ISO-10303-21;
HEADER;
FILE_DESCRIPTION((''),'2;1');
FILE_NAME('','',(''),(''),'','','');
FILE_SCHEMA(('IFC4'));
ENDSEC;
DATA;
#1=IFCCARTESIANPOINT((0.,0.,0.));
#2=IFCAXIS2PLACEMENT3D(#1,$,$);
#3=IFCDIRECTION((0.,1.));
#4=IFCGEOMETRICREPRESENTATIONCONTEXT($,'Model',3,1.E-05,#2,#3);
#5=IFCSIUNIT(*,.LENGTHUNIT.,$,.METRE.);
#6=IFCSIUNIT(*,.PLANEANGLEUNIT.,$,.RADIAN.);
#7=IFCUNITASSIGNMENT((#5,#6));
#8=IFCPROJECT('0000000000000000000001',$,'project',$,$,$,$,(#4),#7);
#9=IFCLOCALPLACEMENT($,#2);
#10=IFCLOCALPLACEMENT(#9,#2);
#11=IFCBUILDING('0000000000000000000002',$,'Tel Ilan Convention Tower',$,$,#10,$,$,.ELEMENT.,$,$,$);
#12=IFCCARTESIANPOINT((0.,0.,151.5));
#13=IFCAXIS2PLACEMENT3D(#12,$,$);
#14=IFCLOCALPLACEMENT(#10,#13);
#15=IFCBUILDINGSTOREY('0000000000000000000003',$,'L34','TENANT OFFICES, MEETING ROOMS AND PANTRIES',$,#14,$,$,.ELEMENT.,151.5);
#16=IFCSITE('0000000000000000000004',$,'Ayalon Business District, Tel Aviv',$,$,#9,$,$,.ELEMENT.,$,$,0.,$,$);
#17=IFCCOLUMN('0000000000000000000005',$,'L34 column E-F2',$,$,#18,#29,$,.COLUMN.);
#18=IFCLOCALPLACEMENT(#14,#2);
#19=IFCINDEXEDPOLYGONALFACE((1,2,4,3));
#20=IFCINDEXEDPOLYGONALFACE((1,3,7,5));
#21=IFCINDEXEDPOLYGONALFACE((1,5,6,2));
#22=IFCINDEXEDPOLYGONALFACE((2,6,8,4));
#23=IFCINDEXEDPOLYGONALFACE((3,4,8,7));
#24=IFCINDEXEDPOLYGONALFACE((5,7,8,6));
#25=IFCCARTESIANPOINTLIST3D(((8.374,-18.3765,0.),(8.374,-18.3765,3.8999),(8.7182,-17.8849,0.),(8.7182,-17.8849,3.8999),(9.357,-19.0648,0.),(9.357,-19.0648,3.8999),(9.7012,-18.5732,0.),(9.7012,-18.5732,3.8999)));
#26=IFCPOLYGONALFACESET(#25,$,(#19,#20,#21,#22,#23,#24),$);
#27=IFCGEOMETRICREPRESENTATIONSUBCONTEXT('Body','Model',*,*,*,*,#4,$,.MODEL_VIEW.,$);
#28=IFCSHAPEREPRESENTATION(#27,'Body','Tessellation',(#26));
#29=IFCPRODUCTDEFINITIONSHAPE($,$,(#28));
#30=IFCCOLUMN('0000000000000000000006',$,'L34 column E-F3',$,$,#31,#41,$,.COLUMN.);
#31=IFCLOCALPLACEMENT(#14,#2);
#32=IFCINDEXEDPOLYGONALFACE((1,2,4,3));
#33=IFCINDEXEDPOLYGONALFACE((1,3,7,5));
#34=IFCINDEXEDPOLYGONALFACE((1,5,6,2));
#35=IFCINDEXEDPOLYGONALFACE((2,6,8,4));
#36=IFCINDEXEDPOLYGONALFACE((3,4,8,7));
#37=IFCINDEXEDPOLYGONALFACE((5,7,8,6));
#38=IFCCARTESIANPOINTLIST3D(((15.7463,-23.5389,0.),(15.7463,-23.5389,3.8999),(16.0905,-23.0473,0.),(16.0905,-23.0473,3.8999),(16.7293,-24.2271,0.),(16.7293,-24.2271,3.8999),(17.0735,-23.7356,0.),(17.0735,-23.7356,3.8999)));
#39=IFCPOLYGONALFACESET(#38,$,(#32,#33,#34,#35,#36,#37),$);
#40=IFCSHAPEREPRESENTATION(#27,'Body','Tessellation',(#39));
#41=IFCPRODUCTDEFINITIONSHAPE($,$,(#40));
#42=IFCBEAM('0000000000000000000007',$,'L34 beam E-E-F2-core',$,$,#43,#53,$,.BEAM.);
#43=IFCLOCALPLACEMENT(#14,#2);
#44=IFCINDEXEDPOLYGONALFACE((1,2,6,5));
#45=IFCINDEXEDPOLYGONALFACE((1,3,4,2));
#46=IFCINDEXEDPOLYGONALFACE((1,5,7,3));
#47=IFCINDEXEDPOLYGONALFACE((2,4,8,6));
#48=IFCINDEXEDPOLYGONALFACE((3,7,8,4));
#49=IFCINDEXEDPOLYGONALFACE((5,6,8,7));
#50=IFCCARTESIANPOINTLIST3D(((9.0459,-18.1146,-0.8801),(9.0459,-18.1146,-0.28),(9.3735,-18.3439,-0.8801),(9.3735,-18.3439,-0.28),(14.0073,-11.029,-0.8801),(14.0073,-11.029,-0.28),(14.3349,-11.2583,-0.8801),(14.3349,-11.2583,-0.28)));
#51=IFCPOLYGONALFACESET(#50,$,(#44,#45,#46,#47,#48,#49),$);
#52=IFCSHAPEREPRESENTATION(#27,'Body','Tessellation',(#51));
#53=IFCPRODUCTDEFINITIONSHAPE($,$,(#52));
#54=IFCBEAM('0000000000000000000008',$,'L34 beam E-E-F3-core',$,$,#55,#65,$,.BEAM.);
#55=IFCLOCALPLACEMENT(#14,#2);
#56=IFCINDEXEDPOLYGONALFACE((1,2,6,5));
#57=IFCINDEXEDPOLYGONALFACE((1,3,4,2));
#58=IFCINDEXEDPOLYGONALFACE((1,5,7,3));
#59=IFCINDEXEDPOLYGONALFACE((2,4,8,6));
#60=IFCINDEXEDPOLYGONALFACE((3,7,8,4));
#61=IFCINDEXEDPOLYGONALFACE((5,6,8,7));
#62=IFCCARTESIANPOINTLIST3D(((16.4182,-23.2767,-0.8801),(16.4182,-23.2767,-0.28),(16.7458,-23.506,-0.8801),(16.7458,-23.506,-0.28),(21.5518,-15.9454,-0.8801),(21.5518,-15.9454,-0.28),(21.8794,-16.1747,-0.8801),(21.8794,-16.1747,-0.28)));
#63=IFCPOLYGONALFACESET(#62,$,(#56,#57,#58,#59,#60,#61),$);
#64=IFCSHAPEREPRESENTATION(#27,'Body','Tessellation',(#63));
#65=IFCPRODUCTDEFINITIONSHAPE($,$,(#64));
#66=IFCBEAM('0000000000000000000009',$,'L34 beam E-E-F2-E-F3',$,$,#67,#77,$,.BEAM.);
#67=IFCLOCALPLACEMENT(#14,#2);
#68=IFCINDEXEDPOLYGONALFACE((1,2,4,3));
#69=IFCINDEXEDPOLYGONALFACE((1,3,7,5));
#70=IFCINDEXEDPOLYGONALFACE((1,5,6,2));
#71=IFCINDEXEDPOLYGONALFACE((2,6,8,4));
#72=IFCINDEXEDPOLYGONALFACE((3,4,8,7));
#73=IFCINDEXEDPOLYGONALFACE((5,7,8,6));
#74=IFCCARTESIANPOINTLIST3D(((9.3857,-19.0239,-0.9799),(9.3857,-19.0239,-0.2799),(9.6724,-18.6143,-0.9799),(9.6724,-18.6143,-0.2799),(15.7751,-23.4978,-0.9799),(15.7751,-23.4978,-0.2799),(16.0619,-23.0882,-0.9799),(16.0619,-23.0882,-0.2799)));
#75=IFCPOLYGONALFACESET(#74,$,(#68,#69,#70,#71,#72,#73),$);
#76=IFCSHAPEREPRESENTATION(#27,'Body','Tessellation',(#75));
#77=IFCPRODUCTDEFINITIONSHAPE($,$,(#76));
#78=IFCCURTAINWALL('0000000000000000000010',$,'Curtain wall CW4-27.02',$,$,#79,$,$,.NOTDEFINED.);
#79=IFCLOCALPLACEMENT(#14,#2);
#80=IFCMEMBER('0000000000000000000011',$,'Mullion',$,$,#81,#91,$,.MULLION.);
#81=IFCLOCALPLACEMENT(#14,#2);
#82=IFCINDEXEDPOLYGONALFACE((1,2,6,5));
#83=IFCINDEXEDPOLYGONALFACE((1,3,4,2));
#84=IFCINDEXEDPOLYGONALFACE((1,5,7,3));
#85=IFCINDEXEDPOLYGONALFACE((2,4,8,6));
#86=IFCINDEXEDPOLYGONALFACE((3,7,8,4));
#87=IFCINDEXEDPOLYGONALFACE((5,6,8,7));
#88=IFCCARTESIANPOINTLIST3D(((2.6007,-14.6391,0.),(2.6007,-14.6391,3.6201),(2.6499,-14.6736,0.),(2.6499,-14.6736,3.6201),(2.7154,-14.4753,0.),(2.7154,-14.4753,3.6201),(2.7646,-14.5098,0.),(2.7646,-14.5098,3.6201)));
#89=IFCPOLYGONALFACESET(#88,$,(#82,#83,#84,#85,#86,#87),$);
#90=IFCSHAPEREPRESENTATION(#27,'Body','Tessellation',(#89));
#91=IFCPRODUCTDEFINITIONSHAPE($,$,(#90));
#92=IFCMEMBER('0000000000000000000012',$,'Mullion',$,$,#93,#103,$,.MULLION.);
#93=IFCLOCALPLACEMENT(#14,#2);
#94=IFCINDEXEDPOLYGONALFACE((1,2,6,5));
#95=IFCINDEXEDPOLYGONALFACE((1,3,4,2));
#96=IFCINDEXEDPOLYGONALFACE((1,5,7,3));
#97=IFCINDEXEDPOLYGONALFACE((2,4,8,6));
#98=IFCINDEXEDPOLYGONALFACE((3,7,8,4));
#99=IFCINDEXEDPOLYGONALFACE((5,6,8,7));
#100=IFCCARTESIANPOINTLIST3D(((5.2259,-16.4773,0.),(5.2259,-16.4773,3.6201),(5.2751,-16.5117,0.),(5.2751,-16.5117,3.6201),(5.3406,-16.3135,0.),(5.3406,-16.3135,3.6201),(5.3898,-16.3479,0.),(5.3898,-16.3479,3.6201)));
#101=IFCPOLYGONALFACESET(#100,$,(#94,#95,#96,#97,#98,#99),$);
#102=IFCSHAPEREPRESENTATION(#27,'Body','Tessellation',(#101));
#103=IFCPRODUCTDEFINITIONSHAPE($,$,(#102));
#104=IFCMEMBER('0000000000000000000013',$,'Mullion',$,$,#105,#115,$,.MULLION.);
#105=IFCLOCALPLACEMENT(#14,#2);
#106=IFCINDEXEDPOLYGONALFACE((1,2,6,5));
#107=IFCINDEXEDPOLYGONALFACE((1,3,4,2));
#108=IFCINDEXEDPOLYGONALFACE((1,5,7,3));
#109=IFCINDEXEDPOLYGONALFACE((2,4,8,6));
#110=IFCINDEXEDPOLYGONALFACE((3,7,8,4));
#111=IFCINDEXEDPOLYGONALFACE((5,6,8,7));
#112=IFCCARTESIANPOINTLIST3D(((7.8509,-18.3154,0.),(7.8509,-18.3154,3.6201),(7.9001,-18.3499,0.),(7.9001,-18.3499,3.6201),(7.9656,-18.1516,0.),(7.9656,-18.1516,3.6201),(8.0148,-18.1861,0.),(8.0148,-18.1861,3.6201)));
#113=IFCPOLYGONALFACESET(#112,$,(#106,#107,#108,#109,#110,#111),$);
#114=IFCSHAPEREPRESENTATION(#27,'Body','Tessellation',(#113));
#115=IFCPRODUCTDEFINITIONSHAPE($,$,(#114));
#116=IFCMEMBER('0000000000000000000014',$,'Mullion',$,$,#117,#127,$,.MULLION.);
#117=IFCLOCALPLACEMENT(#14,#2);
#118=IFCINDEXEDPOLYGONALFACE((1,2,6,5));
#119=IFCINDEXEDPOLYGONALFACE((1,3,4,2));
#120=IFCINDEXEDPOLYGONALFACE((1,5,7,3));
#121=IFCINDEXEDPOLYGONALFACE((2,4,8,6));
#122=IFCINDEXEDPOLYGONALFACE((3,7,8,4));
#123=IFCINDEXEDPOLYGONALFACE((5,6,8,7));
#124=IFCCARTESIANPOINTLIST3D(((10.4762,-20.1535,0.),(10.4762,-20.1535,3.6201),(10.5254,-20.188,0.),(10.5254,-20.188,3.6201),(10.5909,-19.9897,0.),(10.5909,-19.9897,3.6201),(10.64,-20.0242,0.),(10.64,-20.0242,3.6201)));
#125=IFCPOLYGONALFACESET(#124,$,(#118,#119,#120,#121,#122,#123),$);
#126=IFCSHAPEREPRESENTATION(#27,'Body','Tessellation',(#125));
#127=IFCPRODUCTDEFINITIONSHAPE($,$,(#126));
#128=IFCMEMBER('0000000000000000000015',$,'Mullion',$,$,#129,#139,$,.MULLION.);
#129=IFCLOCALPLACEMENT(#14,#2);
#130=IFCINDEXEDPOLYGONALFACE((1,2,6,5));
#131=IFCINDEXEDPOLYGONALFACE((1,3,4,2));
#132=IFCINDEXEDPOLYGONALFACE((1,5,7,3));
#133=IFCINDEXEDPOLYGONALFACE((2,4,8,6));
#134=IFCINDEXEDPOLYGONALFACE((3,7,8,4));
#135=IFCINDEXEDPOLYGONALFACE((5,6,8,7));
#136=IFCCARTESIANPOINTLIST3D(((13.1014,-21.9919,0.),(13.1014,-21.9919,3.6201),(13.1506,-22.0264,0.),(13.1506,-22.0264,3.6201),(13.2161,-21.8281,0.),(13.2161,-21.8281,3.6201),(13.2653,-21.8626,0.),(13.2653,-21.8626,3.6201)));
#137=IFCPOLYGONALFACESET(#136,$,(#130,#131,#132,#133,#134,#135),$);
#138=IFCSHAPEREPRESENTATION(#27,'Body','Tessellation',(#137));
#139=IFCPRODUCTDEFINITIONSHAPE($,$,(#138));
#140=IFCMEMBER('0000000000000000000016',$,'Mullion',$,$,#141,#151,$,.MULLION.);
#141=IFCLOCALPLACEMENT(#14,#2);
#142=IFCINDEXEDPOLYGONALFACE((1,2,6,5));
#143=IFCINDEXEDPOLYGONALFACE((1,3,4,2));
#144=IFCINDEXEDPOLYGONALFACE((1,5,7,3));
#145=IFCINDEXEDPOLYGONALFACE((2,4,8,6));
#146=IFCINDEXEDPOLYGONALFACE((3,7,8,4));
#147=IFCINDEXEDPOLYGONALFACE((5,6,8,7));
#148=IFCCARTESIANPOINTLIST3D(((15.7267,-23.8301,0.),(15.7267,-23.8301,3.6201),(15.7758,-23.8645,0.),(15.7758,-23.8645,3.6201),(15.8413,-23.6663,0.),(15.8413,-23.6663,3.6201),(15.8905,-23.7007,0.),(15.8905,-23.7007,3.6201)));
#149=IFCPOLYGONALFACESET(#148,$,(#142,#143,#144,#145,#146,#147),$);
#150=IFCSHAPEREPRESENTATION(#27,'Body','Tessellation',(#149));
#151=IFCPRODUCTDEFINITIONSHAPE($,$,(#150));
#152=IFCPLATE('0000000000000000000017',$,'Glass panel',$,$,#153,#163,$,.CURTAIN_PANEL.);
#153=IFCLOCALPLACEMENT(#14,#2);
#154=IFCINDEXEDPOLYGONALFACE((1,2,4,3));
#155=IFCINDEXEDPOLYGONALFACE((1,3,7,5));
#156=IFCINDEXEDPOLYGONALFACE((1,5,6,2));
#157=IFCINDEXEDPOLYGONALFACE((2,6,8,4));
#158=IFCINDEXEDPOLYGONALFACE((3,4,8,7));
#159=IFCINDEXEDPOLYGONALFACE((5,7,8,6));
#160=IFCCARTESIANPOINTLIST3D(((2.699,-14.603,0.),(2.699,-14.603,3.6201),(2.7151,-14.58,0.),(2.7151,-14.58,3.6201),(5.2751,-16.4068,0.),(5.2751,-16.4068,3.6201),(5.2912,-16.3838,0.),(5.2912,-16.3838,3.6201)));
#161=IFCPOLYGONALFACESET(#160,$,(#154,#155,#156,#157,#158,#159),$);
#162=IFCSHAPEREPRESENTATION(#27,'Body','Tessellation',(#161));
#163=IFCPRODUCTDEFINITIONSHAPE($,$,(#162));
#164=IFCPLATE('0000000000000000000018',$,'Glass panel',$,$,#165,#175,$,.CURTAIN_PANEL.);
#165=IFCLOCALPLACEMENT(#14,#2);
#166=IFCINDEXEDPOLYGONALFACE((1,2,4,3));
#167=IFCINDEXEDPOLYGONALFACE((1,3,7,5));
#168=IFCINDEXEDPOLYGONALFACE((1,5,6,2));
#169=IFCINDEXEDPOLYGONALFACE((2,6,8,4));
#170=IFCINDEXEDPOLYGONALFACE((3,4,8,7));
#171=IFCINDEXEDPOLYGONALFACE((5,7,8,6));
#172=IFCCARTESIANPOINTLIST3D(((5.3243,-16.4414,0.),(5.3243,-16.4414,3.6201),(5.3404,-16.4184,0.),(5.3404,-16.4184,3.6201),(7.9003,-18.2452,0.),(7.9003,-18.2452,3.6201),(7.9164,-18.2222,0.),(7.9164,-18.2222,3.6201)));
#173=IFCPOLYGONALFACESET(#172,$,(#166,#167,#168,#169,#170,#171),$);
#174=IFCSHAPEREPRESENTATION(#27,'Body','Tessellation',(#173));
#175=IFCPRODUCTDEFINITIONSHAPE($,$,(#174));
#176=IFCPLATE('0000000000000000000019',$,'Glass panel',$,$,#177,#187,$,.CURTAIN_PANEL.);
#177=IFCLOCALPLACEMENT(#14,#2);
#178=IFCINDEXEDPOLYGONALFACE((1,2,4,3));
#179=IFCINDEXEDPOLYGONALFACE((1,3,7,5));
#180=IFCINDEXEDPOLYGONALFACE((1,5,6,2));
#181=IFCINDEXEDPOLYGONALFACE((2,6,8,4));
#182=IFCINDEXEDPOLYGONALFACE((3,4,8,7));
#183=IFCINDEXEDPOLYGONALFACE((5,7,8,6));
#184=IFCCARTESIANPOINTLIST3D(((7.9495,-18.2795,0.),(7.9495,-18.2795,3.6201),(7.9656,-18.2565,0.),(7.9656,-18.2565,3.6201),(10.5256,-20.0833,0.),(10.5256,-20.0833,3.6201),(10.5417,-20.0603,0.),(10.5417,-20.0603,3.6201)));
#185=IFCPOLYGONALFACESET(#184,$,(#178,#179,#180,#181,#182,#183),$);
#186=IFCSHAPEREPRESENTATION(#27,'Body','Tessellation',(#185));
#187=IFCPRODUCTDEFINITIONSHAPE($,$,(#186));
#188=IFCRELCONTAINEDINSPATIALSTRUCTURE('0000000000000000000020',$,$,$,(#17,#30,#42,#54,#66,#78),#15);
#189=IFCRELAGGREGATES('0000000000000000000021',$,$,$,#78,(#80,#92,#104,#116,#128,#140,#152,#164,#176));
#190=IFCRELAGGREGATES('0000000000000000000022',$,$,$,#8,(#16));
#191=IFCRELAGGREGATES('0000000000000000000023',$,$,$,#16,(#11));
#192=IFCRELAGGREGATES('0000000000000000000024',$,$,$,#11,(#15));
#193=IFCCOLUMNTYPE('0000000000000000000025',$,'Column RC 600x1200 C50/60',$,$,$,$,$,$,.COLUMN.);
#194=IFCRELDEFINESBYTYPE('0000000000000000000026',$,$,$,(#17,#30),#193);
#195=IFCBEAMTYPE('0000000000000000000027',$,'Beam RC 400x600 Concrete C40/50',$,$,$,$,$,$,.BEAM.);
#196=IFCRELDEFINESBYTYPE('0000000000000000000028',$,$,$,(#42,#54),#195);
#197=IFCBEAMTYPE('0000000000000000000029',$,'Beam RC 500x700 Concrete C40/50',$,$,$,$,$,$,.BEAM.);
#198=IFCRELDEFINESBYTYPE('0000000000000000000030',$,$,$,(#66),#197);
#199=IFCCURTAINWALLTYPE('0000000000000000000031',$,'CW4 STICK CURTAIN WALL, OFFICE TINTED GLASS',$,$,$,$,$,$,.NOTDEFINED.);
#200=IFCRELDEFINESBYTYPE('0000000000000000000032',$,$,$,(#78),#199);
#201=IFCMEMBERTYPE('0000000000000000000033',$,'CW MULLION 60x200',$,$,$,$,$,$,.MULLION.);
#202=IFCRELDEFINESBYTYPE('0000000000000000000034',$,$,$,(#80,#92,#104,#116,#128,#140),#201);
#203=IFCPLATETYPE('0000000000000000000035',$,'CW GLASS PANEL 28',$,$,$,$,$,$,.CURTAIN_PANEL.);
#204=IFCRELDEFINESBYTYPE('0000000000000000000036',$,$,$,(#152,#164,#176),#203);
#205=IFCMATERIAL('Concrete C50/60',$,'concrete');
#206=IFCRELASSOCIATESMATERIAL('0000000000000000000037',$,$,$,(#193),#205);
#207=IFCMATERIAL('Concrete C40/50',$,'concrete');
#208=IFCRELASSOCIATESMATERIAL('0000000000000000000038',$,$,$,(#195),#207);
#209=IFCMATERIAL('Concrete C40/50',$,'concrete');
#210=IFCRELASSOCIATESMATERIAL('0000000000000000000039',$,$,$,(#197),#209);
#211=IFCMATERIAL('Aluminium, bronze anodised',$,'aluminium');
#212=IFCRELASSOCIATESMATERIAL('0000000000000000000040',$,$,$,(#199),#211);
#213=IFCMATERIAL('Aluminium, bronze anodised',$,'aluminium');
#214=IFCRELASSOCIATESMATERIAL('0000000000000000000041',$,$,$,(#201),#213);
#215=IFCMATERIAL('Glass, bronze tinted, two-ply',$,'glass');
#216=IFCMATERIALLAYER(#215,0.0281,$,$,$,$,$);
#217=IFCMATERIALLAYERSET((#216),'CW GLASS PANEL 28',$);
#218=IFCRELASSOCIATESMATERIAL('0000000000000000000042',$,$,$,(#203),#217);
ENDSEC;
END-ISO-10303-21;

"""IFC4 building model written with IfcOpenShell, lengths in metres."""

from ifc_helpers import new_model, si_unit, direction, frame, origin, origin_2d, place, context, subcontext, project, spatial, rectangle, extrude, material, layer, layer_set, material_profile, profile_set, type_object, element, aggregate, save


model = new_model("IFC4")

# Units and contexts
model_context = context("Model", 3, precision=1e-05, world=origin(), true_north=direction((0.0, 1.0)))
body_context = subcontext(model_context, "Body", "Model", "MODEL_VIEW")
ifc_project = project(units=[si_unit("LENGTHUNIT", "METRE"), si_unit("PLANEANGLEUNIT", "RADIAN")], contexts=[model_context])

# Site, building, storey
site_placement = place(None, origin())
site = spatial("IfcSite", under=ifc_project, at=site_placement, Name="Ayalon Business District, Tel Aviv", CompositionType="ELEMENT", RefElevation=0.0)
building_placement = place(site_placement, origin())
building = spatial("IfcBuilding", under=site, at=building_placement, Name="Tel Ilan Convention Tower", CompositionType="ELEMENT")
storey_placement = place(building_placement, frame((0.0, 0.0, 151.5)))
storey = spatial("IfcBuildingStorey", under=building, at=storey_placement, Name="L34", Description="TENANT OFFICES, MEETING ROOMS AND PANTRIES", CompositionType="ELEMENT", Elevation=151.5)

# Columns
ifc_material_1 = material(Name="Concrete C50/60", Category="concrete")
ifc_material_profile_1 = material_profile(ifc_material_1, rectangle(XDim=1.2, YDim=0.6001, at=origin_2d()), Name="RC 600x1200")
ifc_profile_set_1 = profile_set([ifc_material_profile_1], Name="Concrete C50/60")
column_type = type_object("IfcColumnType", Name="Column RC 600x1200 C50/60", PredefinedType="COLUMN", material=ifc_profile_set_1)
for number, where, z_axis, x_axis, name in (
    (1, (9.0376, -18.4749, 0.0), (0.0, 0.0, 1.0), (0.819152, -0.573576, 0.0), "L34 column E-F2"),
    (2, (16.4099, -23.6372, 0.0), (0.0, 0.0, 1.0), (0.819152, -0.573576, 0.0), "L34 column E-F3"),
):
    element("IfcColumn", number, at=place(storey_placement, frame(where, z_axis=z_axis, x_axis=x_axis)), inside=storey, type_object=column_type, Name=name, PredefinedType="COLUMN", context=body_context, shape_type="SweptSolid", body=[
        extrude(rectangle(XDim=1.2, YDim=0.6001, at=origin_2d()), origin(), (0.0, 0.0, 1.0), 3.8999),
    ])

# Beams
ifc_material_2 = material(Name="Concrete C40/50", Category="concrete")
ifc_material_profile_2 = material_profile(ifc_material_2, rectangle(XDim=0.3999, YDim=0.6001, at=origin_2d()), Name="RC 400x600")
ifc_profile_set_2 = profile_set([ifc_material_profile_2], Name="Concrete C40/50")
beam_type_1 = type_object("IfcBeamType", Name="Beam RC 400x600 Concrete C40/50", PredefinedType="BEAM", material=ifc_profile_set_2)
beam_1_placement = place(storey_placement, frame((9.2097, -18.2292, -0.5801), z_axis=(0.573574, 0.819154, 0.0), x_axis=(-0.819154, 0.573574, 0.0)))
element("IfcBeam", 3, at=beam_1_placement, inside=storey, type_object=beam_type_1, Name="L34 beam E-E-F2-core", PredefinedType="BEAM", context=body_context, shape_type="SweptSolid", body=[
    extrude(rectangle(XDim=0.3999, YDim=0.6001, at=origin_2d()), origin(), (0.0, 0.0, 1.0), 8.6499),
])
beam_2_placement = place(storey_placement, frame((16.582, -23.3914, -0.5801), z_axis=(0.573585, 0.819146, 0.0), x_axis=(-0.819146, 0.573585, 0.0)))
element("IfcBeam", 4, at=beam_2_placement, inside=storey, type_object=beam_type_1, Name="L34 beam E-E-F3-core", PredefinedType="BEAM", context=body_context, shape_type="SweptSolid", body=[
    extrude(rectangle(XDim=0.3999, YDim=0.6001, at=origin_2d()), origin(), (0.0, 0.0, 1.0), 8.95),
])
ifc_material_3 = material(Name="Concrete C40/50", Category="concrete")
ifc_material_profile_3 = material_profile(ifc_material_3, rectangle(XDim=0.5, YDim=0.7, at=origin_2d()), Name="RC 500x700")
ifc_profile_set_3 = profile_set([ifc_material_profile_3], Name="Concrete C40/50")
beam_type_2 = type_object("IfcBeamType", Name="Beam RC 500x700 Concrete C40/50", PredefinedType="BEAM", material=ifc_profile_set_3)
beam_3_placement = place(storey_placement, frame((9.5291, -18.8191, -0.6299), z_axis=(0.819154, -0.573574, 0.0), x_axis=(0.573574, 0.819154, 0.0)))
element("IfcBeam", 5, at=beam_3_placement, inside=storey, type_object=beam_type_2, Name="L34 beam E-E-F2-E-F3", PredefinedType="BEAM", context=body_context, shape_type="SweptSolid", body=[
    extrude(rectangle(XDim=0.5, YDim=0.7, at=origin_2d()), origin(), (0.0, 0.0, 1.0), 7.8),
])

# Curtain wall, members, plates
ifc_material_4 = material(Name="Aluminium, bronze anodised", Category="aluminium")
curtain_wall_type = type_object("IfcCurtainWallType", Name="CW4 STICK CURTAIN WALL, OFFICE TINTED GLASS", PredefinedType="NOTDEFINED", material=ifc_material_4)
curtain_wall_placement = place(storey_placement, origin())
curtain_wall = element("IfcCurtainWall", 6, at=curtain_wall_placement, inside=storey, type_object=curtain_wall_type, Name="Curtain wall CW4-27.02", PredefinedType="NOTDEFINED")
ifc_material_5 = material(Name="Aluminium, bronze anodised", Category="aluminium")
ifc_material_profile_4 = material_profile(ifc_material_5, rectangle(XDim=0.0601, YDim=0.2, at=origin_2d()), Name="CW MULLION 60x200")
ifc_profile_set_4 = profile_set([ifc_material_profile_4], Name="Aluminium, bronze anodised")
member_type = type_object("IfcMemberType", Name="CW MULLION 60x200", PredefinedType="MULLION", material=ifc_profile_set_4)
member_1_placement = place(storey_placement, frame((2.6826, -14.5745, 0.0), z_axis=(0.0, 0.0, 1.0), x_axis=(0.819152, -0.573576, 0.0)))
member_1 = element("IfcMember", 7, at=member_1_placement, type_object=member_type, Name="Mullion", PredefinedType="MULLION", context=body_context, shape_type="SweptSolid", body=[
    extrude(rectangle(XDim=0.0601, YDim=0.2, at=origin_2d()), origin(), (0.0, 0.0, 1.0), 3.6201),
])
member_2_placement = place(storey_placement, frame((5.3079, -16.4126, 0.0), z_axis=(0.0, 0.0, 1.0), x_axis=(0.819152, -0.573576, 0.0)))
member_2 = element("IfcMember", 8, at=member_2_placement, type_object=member_type, Name="Mullion", PredefinedType="MULLION", context=body_context, shape_type="SweptSolid", body=[
    extrude(rectangle(XDim=0.0601, YDim=0.2, at=origin_2d()), origin(), (0.0, 0.0, 1.0), 3.6201),
])
member_3_placement = place(storey_placement, frame((7.9329, -18.2507, 0.0), z_axis=(0.0, 0.0, 1.0), x_axis=(0.819152, -0.573576, 0.0)))
member_3 = element("IfcMember", 9, at=member_3_placement, type_object=member_type, Name="Mullion", PredefinedType="MULLION", context=body_context, shape_type="SweptSolid", body=[
    extrude(rectangle(XDim=0.0601, YDim=0.2, at=origin_2d()), origin(), (0.0, 0.0, 1.0), 3.6201),
])
member_4_placement = place(storey_placement, frame((10.5581, -20.0889, 0.0), z_axis=(0.0, 0.0, 1.0), x_axis=(0.819152, -0.573576, 0.0)))
member_4 = element("IfcMember", 10, at=member_4_placement, type_object=member_type, Name="Mullion", PredefinedType="MULLION", context=body_context, shape_type="SweptSolid", body=[
    extrude(rectangle(XDim=0.0601, YDim=0.2, at=origin_2d()), origin(), (0.0, 0.0, 1.0), 3.6201),
])
member_5_placement = place(storey_placement, frame((13.1833, -21.9272, 0.0), z_axis=(0.0, 0.0, 1.0), x_axis=(0.819152, -0.573576, 0.0)))
member_5 = element("IfcMember", 11, at=member_5_placement, type_object=member_type, Name="Mullion", PredefinedType="MULLION", context=body_context, shape_type="SweptSolid", body=[
    extrude(rectangle(XDim=0.0601, YDim=0.2, at=origin_2d()), origin(), (0.0, 0.0, 1.0), 3.6201),
])
member_6_placement = place(storey_placement, frame((15.8086, -23.7654, 0.0), z_axis=(0.0, 0.0, 1.0), x_axis=(0.819152, -0.573576, 0.0)))
member_6 = element("IfcMember", 12, at=member_6_placement, type_object=member_type, Name="Mullion", PredefinedType="MULLION", context=body_context, shape_type="SweptSolid", body=[
    extrude(rectangle(XDim=0.0601, YDim=0.2, at=origin_2d()), origin(), (0.0, 0.0, 1.0), 3.6201),
])
ifc_material_6 = material(Name="Glass, bronze tinted, two-ply", Category="glass")
ifc_layer_1 = layer(ifc_material_6, 0.0281)
ifc_layer_set_1 = layer_set([ifc_layer_1], Name="CW GLASS PANEL 28")
plate_type = type_object("IfcPlateType", Name="CW GLASS PANEL 28", PredefinedType="CURTAIN_PANEL", material=ifc_layer_set_1)
plate_1_placement = place(storey_placement, frame((3.9951, -15.4934, 0.0), z_axis=(0.0, 0.0, 1.0), x_axis=(0.819152, -0.573576, 0.0)))
plate_1 = element("IfcPlate", 13, at=plate_1_placement, type_object=plate_type, Name="Glass panel", PredefinedType="CURTAIN_PANEL", context=body_context, shape_type="SweptSolid", body=[
    extrude(rectangle(XDim=3.1448, YDim=0.0281, at=origin_2d()), origin(), (0.0, 0.0, 1.0), 3.6201),
])
plate_2_placement = place(storey_placement, frame((6.6204, -17.3318, 0.0), z_axis=(0.0, 0.0, 1.0), x_axis=(0.819152, -0.573576, 0.0)))
plate_2 = element("IfcPlate", 14, at=plate_2_placement, type_object=plate_type, Name="Glass panel", PredefinedType="CURTAIN_PANEL", context=body_context, shape_type="SweptSolid", body=[
    extrude(rectangle(XDim=3.1448, YDim=0.0281, at=origin_2d()), origin(), (0.0, 0.0, 1.0), 3.6201),
])
plate_3_placement = place(storey_placement, frame((9.2456, -19.1699, 0.0), z_axis=(0.0, 0.0, 1.0), x_axis=(0.819152, -0.573576, 0.0)))
plate_3 = element("IfcPlate", 15, at=plate_3_placement, type_object=plate_type, Name="Glass panel", PredefinedType="CURTAIN_PANEL", context=body_context, shape_type="SweptSolid", body=[
    extrude(rectangle(XDim=3.1448, YDim=0.0281, at=origin_2d()), origin(), (0.0, 0.0, 1.0), 3.6201),
])
aggregate(curtain_wall, [member_1, member_2, member_3, member_4, member_5, member_6, plate_1, plate_2, plate_3])

save(model, "model.ifc")
